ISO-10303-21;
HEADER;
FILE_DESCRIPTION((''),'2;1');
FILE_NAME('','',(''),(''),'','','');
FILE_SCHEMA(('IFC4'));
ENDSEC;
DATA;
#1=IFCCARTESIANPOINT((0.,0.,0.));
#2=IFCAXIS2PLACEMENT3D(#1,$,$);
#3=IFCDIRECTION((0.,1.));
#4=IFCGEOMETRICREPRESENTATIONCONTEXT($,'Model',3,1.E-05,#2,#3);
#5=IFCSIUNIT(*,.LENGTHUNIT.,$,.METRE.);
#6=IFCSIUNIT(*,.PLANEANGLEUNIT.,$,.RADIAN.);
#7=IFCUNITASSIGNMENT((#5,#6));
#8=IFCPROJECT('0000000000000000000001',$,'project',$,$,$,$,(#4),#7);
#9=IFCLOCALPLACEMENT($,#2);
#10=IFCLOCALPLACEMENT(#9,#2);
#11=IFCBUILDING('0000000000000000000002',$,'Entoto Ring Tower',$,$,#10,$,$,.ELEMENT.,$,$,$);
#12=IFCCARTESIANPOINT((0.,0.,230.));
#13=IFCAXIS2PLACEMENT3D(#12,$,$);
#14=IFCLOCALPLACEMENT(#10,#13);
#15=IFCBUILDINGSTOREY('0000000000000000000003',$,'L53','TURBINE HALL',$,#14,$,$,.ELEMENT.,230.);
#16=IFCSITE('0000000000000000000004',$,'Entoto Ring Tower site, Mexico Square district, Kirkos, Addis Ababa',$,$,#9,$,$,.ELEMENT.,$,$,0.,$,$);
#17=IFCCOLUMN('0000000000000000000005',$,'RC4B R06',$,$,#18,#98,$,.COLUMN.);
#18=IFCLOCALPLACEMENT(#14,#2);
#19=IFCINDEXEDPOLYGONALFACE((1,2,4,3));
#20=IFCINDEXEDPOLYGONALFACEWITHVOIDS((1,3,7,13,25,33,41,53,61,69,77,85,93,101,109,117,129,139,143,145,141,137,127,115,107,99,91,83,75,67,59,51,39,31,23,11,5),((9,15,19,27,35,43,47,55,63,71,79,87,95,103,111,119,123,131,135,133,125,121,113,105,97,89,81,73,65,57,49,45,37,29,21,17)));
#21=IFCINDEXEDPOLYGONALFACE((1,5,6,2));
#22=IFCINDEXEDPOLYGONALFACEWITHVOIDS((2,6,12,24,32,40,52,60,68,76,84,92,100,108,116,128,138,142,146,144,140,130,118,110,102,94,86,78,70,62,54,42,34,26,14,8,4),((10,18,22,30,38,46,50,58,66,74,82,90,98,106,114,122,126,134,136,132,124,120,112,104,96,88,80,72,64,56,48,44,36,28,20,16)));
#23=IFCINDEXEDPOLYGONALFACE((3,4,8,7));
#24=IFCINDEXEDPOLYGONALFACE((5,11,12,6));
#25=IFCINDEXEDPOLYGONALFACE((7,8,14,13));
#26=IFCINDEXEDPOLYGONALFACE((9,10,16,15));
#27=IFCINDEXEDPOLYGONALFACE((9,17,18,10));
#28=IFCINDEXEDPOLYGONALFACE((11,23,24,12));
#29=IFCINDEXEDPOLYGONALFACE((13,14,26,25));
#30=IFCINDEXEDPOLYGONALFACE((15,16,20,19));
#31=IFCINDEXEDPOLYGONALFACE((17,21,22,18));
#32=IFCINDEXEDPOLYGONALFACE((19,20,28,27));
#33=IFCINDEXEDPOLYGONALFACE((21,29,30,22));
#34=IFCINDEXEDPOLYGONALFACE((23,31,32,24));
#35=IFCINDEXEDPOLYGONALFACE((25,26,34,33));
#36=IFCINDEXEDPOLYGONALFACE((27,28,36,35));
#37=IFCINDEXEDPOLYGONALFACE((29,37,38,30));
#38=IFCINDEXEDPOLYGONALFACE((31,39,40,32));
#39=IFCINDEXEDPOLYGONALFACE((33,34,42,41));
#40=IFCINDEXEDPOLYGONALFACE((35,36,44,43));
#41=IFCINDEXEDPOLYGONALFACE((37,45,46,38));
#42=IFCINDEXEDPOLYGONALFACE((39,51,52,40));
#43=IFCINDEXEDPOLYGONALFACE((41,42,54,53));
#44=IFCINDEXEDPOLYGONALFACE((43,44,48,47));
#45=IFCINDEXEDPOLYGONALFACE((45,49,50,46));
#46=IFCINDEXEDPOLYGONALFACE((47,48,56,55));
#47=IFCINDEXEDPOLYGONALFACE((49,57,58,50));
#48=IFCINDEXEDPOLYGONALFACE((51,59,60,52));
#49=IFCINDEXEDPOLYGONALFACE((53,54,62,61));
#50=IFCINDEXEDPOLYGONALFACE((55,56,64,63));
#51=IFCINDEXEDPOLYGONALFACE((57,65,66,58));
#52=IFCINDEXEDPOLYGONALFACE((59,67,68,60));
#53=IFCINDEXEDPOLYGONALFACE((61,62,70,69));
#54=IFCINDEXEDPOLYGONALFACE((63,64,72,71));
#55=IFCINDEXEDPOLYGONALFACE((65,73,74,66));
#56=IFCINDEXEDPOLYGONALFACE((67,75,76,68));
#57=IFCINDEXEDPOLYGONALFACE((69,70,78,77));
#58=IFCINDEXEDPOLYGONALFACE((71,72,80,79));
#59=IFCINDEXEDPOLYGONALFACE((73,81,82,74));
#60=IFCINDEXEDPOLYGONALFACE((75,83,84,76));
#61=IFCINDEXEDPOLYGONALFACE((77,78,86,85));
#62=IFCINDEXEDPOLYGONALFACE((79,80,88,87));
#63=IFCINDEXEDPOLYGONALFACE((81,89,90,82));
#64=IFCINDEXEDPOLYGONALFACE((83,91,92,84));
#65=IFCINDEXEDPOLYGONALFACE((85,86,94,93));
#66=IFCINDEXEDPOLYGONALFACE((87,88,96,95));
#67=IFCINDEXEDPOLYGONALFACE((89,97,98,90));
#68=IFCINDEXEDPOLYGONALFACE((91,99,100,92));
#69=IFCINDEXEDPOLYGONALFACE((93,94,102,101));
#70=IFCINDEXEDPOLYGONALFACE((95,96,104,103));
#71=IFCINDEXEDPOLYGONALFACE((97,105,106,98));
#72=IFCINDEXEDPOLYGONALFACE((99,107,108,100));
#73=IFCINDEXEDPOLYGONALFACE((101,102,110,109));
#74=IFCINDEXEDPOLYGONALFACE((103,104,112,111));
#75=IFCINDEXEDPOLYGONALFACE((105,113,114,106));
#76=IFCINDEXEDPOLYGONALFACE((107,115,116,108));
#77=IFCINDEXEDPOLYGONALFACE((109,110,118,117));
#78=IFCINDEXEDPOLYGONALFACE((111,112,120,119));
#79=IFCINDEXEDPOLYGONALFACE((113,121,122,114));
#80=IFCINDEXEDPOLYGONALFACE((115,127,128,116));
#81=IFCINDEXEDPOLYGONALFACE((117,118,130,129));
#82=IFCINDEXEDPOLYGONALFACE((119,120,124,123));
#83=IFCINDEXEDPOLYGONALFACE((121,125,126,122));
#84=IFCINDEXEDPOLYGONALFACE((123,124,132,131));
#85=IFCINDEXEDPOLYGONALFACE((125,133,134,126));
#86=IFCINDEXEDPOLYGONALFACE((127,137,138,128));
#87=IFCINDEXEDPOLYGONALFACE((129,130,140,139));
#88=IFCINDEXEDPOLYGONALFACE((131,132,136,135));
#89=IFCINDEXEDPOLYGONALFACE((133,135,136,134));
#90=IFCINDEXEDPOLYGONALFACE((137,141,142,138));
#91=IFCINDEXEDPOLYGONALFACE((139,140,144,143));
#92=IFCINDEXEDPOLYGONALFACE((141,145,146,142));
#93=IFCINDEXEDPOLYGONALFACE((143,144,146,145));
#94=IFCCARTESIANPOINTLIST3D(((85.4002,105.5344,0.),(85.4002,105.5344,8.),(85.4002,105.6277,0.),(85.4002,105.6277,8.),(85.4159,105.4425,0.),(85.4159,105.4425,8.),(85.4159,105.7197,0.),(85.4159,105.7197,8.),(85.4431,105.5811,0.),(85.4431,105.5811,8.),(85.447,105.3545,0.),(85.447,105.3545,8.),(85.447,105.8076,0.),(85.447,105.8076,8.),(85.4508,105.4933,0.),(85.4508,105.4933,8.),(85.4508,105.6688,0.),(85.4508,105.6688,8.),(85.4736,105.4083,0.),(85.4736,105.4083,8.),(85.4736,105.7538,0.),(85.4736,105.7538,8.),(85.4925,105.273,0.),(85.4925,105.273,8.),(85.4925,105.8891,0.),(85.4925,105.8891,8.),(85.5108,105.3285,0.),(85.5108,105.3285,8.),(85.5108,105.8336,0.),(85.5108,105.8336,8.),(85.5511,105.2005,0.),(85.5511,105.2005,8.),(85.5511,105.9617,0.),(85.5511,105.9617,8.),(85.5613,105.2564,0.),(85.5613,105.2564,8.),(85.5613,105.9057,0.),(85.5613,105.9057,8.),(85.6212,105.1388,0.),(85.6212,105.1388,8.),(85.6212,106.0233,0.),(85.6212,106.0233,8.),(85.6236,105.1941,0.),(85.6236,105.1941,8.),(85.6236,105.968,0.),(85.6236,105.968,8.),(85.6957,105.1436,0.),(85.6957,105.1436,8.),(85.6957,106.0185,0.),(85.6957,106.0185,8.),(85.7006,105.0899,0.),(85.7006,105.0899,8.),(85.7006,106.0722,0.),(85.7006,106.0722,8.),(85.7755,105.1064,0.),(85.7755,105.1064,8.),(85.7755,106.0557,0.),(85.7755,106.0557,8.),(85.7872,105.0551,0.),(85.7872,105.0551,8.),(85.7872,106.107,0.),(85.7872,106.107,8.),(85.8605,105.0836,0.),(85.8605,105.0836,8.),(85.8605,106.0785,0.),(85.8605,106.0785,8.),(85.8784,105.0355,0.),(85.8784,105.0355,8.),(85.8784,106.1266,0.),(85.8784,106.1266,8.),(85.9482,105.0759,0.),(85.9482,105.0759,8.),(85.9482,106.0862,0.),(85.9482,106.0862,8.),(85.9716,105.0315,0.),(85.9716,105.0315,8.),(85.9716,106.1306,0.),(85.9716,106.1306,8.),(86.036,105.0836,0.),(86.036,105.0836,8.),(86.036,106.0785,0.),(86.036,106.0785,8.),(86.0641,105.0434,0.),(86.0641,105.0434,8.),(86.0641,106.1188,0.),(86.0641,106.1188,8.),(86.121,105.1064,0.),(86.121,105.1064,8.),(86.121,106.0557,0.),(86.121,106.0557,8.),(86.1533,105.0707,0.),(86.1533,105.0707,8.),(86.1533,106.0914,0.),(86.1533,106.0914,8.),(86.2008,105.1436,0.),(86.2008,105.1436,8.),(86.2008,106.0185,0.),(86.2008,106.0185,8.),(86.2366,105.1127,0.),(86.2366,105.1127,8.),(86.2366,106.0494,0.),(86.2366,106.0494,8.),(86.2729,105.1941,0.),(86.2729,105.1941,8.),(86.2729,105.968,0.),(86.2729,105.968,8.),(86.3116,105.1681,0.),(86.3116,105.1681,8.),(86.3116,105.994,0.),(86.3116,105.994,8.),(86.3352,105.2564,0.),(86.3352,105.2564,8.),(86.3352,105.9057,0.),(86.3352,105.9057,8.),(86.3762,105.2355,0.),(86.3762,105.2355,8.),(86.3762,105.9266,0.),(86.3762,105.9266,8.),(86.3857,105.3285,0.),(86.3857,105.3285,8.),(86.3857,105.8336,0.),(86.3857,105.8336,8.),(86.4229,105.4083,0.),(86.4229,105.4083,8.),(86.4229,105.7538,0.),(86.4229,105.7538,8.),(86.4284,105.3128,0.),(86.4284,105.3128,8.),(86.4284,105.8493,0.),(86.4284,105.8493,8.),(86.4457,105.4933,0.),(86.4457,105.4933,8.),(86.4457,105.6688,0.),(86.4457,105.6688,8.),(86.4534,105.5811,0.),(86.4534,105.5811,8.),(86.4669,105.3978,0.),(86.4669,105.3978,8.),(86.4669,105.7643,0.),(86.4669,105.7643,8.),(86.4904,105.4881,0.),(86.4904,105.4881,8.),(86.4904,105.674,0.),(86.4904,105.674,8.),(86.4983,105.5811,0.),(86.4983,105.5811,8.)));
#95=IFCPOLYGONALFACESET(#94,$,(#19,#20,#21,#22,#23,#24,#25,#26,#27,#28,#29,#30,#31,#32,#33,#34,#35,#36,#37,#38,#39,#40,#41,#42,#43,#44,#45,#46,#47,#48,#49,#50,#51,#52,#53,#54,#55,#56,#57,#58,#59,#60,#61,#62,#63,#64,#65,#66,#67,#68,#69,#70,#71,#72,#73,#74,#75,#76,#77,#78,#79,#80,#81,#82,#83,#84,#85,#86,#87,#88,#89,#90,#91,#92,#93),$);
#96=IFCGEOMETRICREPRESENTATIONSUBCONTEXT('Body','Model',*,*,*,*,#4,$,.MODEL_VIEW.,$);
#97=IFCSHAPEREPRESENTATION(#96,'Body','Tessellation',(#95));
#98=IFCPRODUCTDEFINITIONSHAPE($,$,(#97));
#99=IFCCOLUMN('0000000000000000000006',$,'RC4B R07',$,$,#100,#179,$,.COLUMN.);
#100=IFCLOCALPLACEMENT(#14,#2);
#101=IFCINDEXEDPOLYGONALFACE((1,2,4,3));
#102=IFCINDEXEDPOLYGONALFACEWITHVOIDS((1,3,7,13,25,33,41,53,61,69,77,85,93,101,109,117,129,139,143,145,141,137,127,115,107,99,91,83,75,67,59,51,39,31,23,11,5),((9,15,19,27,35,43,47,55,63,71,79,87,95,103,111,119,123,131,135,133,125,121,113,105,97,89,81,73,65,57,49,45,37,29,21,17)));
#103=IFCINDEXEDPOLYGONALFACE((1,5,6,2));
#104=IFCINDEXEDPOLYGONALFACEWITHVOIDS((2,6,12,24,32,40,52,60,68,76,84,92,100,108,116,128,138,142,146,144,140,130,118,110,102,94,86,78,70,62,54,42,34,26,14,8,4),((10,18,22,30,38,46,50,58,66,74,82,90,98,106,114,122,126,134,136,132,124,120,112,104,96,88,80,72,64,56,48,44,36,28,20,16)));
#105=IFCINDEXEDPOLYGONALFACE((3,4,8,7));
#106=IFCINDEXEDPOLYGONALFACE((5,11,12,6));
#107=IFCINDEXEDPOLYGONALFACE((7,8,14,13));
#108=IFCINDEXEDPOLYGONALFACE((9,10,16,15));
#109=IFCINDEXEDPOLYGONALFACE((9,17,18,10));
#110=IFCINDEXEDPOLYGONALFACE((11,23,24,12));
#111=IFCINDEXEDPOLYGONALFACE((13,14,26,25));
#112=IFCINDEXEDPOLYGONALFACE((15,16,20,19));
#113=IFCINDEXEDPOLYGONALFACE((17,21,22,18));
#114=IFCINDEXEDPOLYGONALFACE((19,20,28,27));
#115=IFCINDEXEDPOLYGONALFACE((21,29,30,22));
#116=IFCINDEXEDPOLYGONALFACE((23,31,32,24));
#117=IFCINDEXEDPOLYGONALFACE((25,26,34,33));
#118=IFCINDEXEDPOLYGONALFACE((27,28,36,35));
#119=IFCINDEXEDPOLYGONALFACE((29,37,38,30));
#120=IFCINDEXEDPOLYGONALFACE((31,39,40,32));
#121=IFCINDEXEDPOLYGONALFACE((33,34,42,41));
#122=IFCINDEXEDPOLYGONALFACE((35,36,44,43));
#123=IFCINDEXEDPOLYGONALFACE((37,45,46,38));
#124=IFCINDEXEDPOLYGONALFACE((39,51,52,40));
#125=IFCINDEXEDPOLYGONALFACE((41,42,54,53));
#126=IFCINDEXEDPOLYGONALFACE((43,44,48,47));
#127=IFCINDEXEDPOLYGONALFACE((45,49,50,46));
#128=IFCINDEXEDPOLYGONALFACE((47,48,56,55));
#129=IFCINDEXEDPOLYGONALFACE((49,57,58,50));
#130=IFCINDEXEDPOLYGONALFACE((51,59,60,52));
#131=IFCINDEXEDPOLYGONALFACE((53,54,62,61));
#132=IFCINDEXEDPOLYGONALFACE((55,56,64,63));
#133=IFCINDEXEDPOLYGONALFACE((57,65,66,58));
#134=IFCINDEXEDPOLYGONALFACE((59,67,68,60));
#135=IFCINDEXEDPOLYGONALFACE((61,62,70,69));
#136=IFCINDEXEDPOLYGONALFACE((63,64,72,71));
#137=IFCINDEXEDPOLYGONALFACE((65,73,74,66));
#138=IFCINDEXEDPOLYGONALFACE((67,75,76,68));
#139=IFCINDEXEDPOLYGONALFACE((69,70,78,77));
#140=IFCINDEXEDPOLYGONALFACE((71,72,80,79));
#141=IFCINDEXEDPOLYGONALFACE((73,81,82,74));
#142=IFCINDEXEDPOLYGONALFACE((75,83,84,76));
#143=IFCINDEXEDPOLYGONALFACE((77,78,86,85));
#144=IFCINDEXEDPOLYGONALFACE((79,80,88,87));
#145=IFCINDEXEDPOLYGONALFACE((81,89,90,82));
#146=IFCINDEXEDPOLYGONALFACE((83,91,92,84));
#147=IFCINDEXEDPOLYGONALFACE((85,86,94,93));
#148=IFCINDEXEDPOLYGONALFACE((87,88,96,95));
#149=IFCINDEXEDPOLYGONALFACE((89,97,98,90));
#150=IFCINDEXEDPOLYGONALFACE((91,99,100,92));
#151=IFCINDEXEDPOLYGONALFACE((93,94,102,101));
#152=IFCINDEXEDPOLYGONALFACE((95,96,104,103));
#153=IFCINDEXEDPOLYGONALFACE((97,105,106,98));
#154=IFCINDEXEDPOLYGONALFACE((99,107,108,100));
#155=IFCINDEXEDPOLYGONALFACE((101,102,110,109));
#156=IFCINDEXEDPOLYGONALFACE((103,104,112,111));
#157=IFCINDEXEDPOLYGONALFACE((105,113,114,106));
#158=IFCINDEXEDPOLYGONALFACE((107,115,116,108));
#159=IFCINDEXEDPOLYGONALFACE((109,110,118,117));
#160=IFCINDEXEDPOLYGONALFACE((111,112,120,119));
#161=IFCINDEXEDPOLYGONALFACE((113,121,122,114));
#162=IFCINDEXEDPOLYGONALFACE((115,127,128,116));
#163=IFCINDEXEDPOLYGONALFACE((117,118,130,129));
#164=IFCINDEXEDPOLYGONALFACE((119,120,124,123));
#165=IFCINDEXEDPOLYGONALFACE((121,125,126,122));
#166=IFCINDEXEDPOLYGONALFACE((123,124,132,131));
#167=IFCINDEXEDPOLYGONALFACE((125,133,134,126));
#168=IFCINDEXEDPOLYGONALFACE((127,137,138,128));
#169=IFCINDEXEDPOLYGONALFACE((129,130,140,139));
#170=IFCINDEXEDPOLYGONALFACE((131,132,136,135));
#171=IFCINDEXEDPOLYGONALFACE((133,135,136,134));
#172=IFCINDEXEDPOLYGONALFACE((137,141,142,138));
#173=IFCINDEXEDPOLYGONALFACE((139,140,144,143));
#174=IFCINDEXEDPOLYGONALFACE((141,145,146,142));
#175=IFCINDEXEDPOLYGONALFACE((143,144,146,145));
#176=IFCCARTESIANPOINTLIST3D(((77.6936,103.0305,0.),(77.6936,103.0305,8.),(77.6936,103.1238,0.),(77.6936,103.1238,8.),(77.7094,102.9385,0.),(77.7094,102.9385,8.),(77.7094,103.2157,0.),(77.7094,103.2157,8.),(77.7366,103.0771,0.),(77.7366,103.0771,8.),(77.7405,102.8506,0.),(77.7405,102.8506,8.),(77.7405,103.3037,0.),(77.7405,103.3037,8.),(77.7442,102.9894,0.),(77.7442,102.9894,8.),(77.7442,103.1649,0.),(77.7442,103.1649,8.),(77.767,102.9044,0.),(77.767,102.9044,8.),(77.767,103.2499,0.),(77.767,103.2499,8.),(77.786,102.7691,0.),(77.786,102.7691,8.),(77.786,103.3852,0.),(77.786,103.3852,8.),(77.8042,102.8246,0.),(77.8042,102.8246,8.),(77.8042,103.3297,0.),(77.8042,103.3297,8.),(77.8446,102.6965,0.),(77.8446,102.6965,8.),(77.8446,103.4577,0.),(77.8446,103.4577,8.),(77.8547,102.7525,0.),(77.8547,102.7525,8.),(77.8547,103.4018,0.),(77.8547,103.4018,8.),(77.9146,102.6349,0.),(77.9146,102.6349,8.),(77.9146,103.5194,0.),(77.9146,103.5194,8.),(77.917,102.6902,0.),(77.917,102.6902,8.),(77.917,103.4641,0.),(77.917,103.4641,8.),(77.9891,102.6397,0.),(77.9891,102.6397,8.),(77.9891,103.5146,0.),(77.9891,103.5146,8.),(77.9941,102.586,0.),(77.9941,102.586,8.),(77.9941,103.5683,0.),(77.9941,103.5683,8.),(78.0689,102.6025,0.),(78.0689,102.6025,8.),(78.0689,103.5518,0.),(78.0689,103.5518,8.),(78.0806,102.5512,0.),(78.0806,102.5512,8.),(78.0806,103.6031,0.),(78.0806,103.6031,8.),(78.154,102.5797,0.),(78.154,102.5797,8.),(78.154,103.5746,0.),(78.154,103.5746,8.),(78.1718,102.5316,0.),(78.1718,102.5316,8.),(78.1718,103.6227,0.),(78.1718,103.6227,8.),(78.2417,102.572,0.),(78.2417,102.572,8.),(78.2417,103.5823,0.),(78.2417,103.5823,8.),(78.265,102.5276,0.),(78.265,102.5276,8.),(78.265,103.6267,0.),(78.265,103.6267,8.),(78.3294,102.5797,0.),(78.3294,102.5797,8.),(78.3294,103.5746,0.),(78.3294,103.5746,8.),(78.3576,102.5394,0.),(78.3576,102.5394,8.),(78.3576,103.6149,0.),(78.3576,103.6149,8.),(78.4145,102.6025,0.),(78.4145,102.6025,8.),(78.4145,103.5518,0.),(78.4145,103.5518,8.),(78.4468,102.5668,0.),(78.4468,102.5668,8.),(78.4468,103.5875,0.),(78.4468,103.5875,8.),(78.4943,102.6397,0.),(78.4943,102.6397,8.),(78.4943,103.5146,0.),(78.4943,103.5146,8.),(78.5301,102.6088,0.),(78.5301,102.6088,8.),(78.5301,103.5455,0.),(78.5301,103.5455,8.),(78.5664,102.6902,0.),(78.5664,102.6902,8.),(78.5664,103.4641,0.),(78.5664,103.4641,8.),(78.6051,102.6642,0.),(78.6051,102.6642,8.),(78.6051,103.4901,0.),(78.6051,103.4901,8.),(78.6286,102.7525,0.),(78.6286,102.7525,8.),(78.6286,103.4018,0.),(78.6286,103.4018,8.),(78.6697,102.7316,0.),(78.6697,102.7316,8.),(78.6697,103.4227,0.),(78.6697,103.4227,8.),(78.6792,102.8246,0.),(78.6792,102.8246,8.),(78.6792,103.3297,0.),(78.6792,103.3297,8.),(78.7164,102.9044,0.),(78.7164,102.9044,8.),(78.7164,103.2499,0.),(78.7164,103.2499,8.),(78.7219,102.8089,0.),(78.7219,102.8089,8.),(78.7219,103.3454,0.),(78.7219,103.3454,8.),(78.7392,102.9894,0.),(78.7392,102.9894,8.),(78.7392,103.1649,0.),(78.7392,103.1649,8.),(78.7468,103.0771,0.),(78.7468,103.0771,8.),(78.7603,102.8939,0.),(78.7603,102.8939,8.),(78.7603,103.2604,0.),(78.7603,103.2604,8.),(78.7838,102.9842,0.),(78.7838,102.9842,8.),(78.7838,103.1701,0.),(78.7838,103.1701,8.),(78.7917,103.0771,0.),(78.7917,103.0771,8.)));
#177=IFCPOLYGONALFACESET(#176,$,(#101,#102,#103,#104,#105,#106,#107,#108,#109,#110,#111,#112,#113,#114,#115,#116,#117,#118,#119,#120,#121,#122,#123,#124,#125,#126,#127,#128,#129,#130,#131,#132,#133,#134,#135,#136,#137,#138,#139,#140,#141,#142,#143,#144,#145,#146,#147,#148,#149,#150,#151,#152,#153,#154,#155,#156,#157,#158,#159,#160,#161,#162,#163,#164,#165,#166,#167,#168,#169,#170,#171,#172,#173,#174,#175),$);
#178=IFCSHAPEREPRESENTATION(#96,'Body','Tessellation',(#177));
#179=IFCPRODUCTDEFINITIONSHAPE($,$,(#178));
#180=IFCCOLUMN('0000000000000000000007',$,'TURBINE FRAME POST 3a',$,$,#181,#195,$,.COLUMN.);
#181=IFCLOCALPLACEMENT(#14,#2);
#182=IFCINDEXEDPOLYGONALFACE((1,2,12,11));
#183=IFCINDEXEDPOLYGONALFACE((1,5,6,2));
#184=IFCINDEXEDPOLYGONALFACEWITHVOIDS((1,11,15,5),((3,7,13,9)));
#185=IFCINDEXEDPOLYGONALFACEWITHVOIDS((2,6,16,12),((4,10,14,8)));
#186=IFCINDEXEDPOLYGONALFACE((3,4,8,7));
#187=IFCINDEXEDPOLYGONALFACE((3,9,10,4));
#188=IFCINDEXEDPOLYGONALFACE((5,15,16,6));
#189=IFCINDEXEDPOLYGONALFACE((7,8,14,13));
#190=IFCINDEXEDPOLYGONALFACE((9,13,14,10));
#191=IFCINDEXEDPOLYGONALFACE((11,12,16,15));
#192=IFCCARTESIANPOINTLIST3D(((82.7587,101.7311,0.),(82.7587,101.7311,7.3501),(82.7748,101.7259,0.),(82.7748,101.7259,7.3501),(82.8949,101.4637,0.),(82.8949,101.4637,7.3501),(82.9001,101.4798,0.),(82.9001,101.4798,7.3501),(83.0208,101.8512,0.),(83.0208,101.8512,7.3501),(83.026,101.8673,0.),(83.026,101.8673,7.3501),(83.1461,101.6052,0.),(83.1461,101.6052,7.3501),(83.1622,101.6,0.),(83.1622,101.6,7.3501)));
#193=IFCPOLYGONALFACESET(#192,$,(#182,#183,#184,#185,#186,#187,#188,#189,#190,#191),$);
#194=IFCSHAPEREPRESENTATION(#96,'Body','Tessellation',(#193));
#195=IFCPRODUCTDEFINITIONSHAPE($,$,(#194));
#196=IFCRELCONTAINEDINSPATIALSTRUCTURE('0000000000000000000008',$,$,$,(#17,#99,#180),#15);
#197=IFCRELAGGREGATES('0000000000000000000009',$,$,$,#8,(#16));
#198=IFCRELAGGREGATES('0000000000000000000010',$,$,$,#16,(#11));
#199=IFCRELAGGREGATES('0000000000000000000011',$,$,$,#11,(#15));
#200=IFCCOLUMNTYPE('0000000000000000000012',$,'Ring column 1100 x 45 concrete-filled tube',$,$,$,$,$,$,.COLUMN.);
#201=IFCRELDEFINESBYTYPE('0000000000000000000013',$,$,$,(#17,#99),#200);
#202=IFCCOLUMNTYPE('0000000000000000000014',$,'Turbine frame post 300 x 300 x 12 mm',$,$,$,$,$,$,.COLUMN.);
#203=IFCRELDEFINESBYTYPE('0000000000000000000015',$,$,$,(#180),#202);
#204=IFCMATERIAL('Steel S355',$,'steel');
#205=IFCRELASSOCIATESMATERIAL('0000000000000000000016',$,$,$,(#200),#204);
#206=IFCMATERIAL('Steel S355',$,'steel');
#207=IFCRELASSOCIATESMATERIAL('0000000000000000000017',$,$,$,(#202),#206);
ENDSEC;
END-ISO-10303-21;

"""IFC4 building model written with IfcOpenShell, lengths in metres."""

from ifc_helpers import new_model, si_unit, direction, frame, origin, origin_2d, place, context, subcontext, project, spatial, hollow_rectangle, circle, hollow_circle, extrude, material, material_profile, profile_set, type_object, element, save


model = new_model("IFC4")

# Units and contexts
model_context = context("Model", 3, precision=1e-05, world=origin(), true_north=direction((0.0, 1.0)))
body_context = subcontext(model_context, "Body", "Model", "MODEL_VIEW")
ifc_project = project(units=[si_unit("LENGTHUNIT", "METRE"), si_unit("PLANEANGLEUNIT", "RADIAN")], contexts=[model_context])

# Site, building, storey
site_placement = place(None, origin())
site = spatial("IfcSite", under=ifc_project, at=site_placement, Name="Entoto Ring Tower site, Mexico Square district, Kirkos, Addis Ababa", CompositionType="ELEMENT", RefElevation=0.0)
building_placement = place(site_placement, origin())
building = spatial("IfcBuilding", under=site, at=building_placement, Name="Entoto Ring Tower", CompositionType="ELEMENT")
storey_placement = place(building_placement, frame((0.0, 0.0, 230.0)))
storey = spatial("IfcBuildingStorey", under=building, at=storey_placement, Name="L53", Description="TURBINE HALL", CompositionType="ELEMENT", Elevation=230.0)

# Columns
ifc_material_1 = material(Name="Steel S355", Category="steel")
ifc_material_profile_1 = material_profile(ifc_material_1, hollow_circle(Radius=0.55, WallThickness=0.0449, at=origin_2d()), Name="CHS 1100 x 45")
ifc_material_2 = material(Name="Concrete C60/75", Category="concrete")
ifc_material_profile_2 = material_profile(ifc_material_2, circle(Radius=0.5049, at=origin_2d()), Name="Concrete C60/75 infill")
ifc_profile_set_1 = profile_set([ifc_material_profile_1, ifc_material_profile_2], Name="Steel S355")
column_type_1 = type_object("IfcColumnType", Name="Ring column 1100 x 45 concrete-filled tube", PredefinedType="COLUMN", material=ifc_profile_set_1)
for number, where, z_axis, x_axis, name in (
    (1, (85.9482, 105.5811, 0.0), (0.0, 0.0, 1.0), (1.0, 0.0, 0.0), "RC4B R06"),
    (2, (78.2417, 103.0771, 0.0), (0.0, 0.0, 1.0), (1.0, 0.0, 0.0), "RC4B R07"),
):
    element("IfcColumn", number, at=place(storey_placement, frame(where, z_axis=z_axis, x_axis=x_axis)), inside=storey, type_object=column_type_1, Name=name, PredefinedType="COLUMN", context=body_context, shape_type="SweptSolid", body=[
        extrude(hollow_circle(Radius=0.55, WallThickness=0.0449, at=origin_2d()), origin(), (0.0, 0.0, 1.0), 8.0),
    ])
ifc_material_3 = material(Name="Steel S355", Category="steel")
ifc_material_profile_3 = material_profile(ifc_material_3, hollow_rectangle(XDim=0.3, YDim=0.3, WallThickness=0.012, at=origin_2d()), Name="Turbine frame post 300 x 300 x 12 mm")
ifc_profile_set_2 = profile_set([ifc_material_profile_3], Name="Steel S355")
column_type_2 = type_object("IfcColumnType", Name="Turbine frame post 300 x 300 x 12 mm", PredefinedType="COLUMN", material=ifc_profile_set_2)
column_placement = place(storey_placement, frame((82.9604, 101.6655, 0.0), z_axis=(0.0, 0.0, 1.0), x_axis=(-0.891007, -0.45399, 0.0)))
element("IfcColumn", 3, at=column_placement, inside=storey, type_object=column_type_2, Name="TURBINE FRAME POST 3a", PredefinedType="COLUMN", context=body_context, shape_type="SweptSolid", body=[
    extrude(hollow_rectangle(XDim=0.3, YDim=0.3, WallThickness=0.012, at=origin_2d()), origin(), (0.0, 0.0, 1.0), 7.3501),
])

save(model, "model.ifc")
